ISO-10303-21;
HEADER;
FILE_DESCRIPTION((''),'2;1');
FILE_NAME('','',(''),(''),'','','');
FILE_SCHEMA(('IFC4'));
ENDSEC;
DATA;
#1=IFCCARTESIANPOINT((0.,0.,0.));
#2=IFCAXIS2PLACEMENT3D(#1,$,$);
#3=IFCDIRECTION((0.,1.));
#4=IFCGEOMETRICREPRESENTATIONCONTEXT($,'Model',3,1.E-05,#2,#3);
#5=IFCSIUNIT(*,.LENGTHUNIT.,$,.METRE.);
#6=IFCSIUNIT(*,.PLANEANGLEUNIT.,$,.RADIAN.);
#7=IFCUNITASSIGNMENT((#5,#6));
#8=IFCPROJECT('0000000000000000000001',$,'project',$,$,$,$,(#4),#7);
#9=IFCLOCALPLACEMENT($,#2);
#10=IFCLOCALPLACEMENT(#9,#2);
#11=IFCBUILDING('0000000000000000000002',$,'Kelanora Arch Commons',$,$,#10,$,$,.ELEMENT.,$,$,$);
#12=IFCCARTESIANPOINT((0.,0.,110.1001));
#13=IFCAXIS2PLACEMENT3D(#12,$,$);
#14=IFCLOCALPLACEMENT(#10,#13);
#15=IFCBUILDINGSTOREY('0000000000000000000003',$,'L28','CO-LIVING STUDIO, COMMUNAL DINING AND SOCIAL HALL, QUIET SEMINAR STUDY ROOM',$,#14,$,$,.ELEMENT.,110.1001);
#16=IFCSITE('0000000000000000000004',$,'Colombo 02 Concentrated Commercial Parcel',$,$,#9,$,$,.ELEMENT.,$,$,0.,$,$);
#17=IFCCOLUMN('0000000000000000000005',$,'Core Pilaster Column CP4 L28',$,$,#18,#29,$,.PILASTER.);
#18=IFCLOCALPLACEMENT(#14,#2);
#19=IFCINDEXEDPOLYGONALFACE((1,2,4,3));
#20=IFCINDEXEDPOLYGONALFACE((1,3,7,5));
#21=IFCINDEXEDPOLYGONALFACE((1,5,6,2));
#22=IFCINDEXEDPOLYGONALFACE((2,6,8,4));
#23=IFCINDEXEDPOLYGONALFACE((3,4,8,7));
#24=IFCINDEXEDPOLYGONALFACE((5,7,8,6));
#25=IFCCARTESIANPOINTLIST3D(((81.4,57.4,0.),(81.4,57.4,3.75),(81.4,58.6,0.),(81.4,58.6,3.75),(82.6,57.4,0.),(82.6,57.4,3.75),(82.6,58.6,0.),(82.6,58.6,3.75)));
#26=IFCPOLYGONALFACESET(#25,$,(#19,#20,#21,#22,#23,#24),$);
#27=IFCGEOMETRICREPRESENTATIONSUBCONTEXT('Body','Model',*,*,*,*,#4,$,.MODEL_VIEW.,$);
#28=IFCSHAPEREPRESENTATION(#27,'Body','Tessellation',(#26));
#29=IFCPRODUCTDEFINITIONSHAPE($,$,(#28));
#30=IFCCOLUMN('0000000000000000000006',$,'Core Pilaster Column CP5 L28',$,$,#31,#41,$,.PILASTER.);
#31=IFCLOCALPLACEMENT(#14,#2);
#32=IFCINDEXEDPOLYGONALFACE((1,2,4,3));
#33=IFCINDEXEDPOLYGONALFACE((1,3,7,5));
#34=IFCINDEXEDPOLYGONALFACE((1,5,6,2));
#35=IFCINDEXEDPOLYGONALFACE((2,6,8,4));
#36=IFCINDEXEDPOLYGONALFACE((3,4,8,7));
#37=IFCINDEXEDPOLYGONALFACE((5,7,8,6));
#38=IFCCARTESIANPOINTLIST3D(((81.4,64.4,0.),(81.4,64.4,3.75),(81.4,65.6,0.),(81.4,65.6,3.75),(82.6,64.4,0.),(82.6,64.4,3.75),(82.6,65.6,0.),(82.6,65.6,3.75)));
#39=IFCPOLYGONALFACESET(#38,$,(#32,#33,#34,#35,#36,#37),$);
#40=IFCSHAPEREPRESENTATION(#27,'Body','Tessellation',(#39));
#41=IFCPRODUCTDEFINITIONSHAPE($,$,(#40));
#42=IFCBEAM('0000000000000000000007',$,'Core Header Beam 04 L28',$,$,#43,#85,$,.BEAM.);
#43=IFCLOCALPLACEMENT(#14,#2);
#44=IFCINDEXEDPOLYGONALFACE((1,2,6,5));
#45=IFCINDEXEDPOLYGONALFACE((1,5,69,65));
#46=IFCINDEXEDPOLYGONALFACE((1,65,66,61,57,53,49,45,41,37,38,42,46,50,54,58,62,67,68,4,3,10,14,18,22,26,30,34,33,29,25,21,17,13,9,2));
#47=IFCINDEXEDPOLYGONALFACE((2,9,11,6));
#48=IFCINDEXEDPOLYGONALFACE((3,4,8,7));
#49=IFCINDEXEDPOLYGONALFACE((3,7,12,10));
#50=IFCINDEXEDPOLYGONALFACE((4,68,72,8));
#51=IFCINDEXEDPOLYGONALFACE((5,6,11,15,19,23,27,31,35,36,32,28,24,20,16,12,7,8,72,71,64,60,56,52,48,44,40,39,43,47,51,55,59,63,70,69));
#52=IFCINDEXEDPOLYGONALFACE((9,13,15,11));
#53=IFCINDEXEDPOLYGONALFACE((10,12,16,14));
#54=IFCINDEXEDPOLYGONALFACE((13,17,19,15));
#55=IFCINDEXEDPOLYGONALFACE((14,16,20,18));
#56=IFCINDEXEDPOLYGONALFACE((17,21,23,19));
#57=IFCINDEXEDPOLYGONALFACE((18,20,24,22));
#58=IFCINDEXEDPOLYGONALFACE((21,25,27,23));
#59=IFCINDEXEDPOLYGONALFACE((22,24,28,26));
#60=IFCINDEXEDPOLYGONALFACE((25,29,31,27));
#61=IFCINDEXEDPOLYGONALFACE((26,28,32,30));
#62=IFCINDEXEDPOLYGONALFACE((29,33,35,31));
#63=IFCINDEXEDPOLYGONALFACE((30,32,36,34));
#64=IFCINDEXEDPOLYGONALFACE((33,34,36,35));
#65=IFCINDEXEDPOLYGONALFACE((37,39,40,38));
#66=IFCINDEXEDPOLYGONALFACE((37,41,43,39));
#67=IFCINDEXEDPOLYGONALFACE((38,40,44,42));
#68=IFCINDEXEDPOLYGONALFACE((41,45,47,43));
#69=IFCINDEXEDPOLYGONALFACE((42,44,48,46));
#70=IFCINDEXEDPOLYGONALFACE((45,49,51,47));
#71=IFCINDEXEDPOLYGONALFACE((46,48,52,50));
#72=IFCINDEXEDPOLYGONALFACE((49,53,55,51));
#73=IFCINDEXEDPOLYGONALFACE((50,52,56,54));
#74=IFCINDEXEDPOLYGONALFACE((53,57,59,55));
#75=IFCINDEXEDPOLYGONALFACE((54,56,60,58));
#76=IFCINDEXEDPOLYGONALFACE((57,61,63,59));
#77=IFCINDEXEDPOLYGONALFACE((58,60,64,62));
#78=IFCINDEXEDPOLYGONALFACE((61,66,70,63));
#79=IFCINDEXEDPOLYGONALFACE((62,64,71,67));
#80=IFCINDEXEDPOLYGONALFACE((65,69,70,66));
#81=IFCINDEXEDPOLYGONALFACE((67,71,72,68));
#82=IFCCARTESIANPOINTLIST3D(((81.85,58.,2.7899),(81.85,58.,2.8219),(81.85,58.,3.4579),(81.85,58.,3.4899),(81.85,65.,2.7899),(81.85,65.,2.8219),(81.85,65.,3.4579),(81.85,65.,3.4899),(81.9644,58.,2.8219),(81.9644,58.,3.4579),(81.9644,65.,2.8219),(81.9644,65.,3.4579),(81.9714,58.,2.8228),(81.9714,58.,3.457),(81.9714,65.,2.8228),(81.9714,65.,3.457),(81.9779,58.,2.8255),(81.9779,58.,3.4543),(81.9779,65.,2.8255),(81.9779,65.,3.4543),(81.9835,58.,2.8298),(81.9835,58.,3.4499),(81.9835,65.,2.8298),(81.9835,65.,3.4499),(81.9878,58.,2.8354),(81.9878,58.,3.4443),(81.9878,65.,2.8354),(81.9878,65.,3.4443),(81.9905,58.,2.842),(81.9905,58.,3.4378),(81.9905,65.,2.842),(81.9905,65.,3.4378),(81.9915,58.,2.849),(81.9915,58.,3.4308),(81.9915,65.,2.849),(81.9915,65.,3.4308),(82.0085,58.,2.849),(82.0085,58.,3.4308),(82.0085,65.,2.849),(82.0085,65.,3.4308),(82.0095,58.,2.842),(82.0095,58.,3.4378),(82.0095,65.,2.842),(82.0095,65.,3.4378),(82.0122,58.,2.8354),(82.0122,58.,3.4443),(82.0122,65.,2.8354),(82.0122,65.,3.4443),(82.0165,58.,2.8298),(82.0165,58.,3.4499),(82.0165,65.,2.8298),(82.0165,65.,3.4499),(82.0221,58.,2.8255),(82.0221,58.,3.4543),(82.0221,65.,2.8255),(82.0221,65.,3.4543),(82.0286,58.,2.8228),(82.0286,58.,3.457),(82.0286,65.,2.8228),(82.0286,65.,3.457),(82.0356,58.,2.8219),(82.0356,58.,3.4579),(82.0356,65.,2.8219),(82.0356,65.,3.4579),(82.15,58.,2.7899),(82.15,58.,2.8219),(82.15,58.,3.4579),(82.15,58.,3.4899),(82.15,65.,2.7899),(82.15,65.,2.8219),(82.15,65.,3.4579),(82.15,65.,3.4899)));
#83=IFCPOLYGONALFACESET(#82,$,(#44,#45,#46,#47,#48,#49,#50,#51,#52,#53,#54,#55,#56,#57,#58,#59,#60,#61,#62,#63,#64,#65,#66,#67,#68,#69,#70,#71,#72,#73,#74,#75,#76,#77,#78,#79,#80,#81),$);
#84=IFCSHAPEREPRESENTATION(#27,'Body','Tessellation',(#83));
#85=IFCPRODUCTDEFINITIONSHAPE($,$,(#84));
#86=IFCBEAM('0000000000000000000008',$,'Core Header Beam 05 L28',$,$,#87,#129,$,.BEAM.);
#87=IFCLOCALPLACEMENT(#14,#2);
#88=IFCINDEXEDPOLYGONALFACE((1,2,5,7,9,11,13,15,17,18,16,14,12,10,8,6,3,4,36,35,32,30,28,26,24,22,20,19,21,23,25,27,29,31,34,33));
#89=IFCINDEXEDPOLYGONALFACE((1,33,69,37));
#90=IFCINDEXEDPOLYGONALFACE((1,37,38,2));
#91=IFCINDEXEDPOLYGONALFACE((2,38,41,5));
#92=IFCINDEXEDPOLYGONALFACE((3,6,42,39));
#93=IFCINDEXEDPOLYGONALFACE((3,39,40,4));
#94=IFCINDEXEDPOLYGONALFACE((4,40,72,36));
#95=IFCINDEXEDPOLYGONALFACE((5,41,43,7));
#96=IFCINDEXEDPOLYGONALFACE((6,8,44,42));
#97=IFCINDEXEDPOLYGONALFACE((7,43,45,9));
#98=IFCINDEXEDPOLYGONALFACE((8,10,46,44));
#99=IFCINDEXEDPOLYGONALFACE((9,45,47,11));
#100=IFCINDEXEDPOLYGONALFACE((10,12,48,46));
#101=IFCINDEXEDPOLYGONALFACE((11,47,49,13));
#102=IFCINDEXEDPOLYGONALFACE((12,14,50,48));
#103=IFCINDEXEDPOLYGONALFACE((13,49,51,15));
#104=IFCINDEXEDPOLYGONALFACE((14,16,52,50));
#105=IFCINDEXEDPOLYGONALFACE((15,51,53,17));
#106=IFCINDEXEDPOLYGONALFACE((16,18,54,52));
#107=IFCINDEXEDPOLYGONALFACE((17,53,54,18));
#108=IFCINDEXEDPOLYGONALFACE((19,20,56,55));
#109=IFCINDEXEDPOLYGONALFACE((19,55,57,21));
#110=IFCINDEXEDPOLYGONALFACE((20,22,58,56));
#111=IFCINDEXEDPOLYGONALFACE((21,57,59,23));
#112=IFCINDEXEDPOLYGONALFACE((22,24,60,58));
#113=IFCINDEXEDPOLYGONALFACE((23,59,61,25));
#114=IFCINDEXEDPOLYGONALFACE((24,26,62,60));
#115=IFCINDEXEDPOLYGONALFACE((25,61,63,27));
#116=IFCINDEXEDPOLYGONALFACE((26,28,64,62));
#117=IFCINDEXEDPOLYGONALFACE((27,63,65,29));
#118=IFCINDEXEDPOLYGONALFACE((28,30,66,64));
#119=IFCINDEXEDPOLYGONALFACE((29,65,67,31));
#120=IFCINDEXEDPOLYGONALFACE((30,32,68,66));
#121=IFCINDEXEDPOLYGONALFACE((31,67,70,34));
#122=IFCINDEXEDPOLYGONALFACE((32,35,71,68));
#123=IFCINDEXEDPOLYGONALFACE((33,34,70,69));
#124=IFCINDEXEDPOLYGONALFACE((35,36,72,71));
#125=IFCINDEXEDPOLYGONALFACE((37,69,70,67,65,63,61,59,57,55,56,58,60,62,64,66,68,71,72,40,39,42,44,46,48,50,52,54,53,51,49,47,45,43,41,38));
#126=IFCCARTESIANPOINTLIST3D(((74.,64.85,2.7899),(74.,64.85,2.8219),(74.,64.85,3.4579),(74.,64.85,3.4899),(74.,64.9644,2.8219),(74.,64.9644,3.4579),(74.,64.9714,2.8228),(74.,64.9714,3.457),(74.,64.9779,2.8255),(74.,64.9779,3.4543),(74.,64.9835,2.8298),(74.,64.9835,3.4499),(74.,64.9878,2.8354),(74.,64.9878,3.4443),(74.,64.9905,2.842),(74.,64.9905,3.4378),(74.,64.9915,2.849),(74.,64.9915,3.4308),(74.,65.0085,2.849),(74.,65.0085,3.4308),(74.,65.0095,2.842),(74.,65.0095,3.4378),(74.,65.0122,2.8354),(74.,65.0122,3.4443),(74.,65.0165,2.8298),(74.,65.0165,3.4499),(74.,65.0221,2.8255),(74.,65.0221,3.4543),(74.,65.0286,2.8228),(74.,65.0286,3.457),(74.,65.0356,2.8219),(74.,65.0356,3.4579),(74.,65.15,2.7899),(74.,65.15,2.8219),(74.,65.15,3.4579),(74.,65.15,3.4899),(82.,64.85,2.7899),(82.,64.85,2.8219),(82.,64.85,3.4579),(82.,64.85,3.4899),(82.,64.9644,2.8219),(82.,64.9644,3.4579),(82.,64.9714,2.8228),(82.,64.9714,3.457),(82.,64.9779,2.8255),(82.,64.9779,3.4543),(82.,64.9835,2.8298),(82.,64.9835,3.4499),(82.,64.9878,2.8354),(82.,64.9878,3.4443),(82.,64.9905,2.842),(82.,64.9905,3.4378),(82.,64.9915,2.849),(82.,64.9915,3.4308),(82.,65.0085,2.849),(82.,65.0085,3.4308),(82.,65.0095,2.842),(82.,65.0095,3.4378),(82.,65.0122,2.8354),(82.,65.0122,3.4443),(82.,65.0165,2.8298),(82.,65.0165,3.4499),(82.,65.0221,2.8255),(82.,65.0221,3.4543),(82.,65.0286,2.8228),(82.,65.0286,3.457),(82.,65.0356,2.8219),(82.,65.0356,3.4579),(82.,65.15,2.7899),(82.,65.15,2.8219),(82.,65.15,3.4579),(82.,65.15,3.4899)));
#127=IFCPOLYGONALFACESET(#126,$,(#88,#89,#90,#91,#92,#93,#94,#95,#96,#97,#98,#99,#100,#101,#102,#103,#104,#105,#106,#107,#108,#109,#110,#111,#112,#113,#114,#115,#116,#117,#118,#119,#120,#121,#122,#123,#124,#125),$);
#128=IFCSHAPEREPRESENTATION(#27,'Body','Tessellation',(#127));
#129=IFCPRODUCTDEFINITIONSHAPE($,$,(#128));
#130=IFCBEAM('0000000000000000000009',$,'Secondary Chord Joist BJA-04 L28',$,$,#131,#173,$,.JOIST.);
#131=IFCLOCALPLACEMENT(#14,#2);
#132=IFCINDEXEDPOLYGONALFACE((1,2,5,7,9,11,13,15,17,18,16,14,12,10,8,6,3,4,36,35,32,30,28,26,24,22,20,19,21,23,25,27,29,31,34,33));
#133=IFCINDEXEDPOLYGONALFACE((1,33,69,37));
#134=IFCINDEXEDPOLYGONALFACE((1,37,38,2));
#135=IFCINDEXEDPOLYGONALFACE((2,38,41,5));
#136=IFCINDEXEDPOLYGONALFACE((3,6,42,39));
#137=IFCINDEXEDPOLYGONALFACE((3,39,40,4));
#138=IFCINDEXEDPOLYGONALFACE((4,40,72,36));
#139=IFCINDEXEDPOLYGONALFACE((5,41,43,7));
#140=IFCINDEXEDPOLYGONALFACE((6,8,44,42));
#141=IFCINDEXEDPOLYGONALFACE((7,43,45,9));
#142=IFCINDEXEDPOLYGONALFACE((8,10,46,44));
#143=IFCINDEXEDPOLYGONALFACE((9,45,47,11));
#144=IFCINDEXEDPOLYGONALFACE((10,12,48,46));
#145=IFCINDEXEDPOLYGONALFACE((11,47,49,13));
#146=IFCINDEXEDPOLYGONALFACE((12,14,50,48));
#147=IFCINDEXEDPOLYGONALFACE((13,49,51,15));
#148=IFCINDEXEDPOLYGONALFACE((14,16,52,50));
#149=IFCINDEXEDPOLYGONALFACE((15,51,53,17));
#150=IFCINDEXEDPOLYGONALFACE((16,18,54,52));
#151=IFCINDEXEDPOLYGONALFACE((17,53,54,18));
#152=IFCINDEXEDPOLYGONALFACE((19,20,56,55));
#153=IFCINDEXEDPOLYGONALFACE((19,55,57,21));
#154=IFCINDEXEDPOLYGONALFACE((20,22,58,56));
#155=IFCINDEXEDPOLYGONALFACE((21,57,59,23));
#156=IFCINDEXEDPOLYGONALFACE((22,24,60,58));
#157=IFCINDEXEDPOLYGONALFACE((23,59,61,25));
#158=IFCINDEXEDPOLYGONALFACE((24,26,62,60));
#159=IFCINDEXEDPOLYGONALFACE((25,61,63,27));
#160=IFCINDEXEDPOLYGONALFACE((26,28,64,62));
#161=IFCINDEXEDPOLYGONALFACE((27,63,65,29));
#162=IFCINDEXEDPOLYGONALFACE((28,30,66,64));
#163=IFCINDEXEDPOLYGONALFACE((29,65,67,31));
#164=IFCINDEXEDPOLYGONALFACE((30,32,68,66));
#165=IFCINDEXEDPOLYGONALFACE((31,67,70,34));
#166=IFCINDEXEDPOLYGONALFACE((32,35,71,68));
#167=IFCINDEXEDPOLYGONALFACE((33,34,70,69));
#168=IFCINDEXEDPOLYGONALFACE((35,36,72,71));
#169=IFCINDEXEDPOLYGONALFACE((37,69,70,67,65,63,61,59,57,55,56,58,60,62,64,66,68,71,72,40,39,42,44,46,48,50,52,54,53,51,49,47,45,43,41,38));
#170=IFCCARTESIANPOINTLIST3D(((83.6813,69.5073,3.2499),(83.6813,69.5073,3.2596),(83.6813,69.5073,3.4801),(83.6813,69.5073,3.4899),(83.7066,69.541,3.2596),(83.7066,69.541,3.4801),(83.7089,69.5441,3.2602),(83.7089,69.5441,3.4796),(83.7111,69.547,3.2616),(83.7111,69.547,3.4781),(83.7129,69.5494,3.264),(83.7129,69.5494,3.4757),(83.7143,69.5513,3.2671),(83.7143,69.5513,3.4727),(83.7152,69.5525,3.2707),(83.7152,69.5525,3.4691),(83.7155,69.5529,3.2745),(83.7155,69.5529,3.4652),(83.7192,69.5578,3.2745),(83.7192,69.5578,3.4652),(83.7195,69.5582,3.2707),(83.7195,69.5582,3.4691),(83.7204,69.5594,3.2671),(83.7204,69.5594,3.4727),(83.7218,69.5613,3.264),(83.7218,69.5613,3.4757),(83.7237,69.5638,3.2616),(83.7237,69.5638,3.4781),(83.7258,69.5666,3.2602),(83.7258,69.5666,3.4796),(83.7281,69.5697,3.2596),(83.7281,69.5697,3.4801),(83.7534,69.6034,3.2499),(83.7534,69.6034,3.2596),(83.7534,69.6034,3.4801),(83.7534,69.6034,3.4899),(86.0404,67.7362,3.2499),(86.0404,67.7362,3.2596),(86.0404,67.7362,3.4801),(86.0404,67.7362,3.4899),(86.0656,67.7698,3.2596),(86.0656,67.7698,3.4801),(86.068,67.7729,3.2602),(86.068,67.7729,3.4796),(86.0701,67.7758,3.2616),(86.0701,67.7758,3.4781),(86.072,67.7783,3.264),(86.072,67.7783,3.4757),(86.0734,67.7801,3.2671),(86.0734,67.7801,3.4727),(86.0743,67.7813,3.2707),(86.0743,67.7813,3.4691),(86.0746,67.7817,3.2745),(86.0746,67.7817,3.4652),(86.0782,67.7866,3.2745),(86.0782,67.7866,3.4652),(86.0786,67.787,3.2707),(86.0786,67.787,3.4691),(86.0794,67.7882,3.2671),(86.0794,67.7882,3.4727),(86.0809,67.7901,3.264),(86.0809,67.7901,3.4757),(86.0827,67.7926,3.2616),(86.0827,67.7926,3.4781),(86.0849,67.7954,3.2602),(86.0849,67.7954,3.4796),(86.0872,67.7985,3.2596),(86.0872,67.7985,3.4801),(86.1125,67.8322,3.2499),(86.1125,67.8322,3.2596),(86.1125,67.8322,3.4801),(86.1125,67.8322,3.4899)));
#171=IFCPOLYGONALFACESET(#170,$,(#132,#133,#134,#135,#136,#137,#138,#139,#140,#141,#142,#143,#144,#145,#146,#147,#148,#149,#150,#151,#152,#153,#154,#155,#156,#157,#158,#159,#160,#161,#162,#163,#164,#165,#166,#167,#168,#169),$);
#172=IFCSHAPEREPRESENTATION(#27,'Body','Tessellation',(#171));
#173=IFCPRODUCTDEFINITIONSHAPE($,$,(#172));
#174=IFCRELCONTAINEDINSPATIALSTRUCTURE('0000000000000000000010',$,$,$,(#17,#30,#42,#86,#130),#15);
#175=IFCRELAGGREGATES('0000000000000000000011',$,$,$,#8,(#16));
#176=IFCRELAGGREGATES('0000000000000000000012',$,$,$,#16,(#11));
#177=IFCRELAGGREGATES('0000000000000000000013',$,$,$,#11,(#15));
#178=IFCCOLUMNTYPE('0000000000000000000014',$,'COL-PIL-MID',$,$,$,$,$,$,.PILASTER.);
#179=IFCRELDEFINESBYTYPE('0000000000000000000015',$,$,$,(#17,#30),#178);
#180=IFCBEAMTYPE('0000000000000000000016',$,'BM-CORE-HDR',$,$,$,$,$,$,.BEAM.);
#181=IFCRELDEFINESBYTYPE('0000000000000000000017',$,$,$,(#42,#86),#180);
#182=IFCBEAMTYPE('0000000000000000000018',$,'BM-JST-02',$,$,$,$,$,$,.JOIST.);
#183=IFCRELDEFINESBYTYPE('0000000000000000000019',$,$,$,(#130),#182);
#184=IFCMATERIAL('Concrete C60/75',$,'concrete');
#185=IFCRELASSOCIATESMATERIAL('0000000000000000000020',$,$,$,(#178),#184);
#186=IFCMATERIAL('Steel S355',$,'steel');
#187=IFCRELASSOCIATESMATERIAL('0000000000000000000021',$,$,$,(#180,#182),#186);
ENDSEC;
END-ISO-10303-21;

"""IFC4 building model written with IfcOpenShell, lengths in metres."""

from ifc_helpers import new_model, si_unit, direction, frame, origin, origin_2d, place, context, subcontext, project, spatial, rectangle, i_section, extrude, material, material_profile, profile_set, type_object, element, save


model = new_model("IFC4")

# Units and contexts
model_context = context("Model", 3, precision=1e-05, world=origin(), true_north=direction((0.0, 1.0)))
body_context = subcontext(model_context, "Body", "Model", "MODEL_VIEW")
ifc_project = project(units=[si_unit("LENGTHUNIT", "METRE"), si_unit("PLANEANGLEUNIT", "RADIAN")], contexts=[model_context])

# Site, building, storey
site_placement = place(None, origin())
site = spatial("IfcSite", under=ifc_project, at=site_placement, Name="Colombo 02 Concentrated Commercial Parcel", CompositionType="ELEMENT", RefElevation=0.0)
building_placement = place(site_placement, origin())
building = spatial("IfcBuilding", under=site, at=building_placement, Name="Kelanora Arch Commons", CompositionType="ELEMENT")
storey_placement = place(building_placement, frame((0.0, 0.0, 110.1001)))
storey = spatial("IfcBuildingStorey", under=building, at=storey_placement, Name="L28", Description="CO-LIVING STUDIO, COMMUNAL DINING AND SOCIAL HALL, QUIET SEMINAR STUDY ROOM", CompositionType="ELEMENT", Elevation=110.1001)

# Columns
ifc_material_1 = material(Name="Concrete C60/75", Category="concrete")
ifc_material_profile_1 = material_profile(ifc_material_1, rectangle(XDim=1.2, YDim=1.2, at=origin_2d()), Name="RC1200x1200")
ifc_profile_set_1 = profile_set([ifc_material_profile_1], Name="Concrete C60/75")
column_type = type_object("IfcColumnType", Name="COL-PIL-MID", PredefinedType="PILASTER", material=ifc_profile_set_1)
for number, where, z_axis, x_axis, name in (
    (1, (82.0, 58.0, 0.0), (0.0, 0.0, 1.0), (1.0, 0.0, 0.0), "Core Pilaster Column CP4 L28"),
    (2, (82.0, 65.0, 0.0), (0.0, 0.0, 1.0), (1.0, 0.0, 0.0), "Core Pilaster Column CP5 L28"),
):
    element("IfcColumn", number, at=place(storey_placement, frame(where, z_axis=z_axis, x_axis=x_axis)), inside=storey, type_object=column_type, Name=name, PredefinedType="PILASTER", context=body_context, shape_type="SweptSolid", body=[
        extrude(rectangle(XDim=1.2, YDim=1.2, at=origin_2d()), origin(), (0.0, 0.0, 1.0), 3.75),
    ])

# Beams
ifc_material_2 = material(Name="Steel S355", Category="steel")
ifc_material_profile_2 = material_profile(ifc_material_2, i_section(OverallWidth=0.3, OverallDepth=0.7, WebThickness=0.0171, FlangeThickness=0.032, FilletRadius=0.0271, at=origin_2d()), Name="HEB700")
ifc_profile_set_2 = profile_set([ifc_material_profile_2], Name="Steel S355")
beam_type_1 = type_object("IfcBeamType", Name="BM-CORE-HDR", PredefinedType="BEAM", material=ifc_profile_set_2)
beam_1_placement = place(storey_placement, frame((82.0, 58.0, 3.1399), z_axis=(0.0, 1.0, 0.0), x_axis=(-1.0, 0.0, 0.0)))
element("IfcBeam", 3, at=beam_1_placement, inside=storey, type_object=beam_type_1, Name="Core Header Beam 04 L28", PredefinedType="BEAM", context=body_context, shape_type="SweptSolid", body=[
    extrude(i_section(OverallWidth=0.3, OverallDepth=0.7, WebThickness=0.0171, FlangeThickness=0.032, FilletRadius=0.0271, at=origin_2d()), origin(), (0.0, 0.0, 1.0), 7.0),
])
beam_2_placement = place(storey_placement, frame((82.0, 65.0, 3.1399), z_axis=(-1.0, 0.0, 0.0), x_axis=(0.0, -1.0, 0.0)))
element("IfcBeam", 4, at=beam_2_placement, inside=storey, type_object=beam_type_1, Name="Core Header Beam 05 L28", PredefinedType="BEAM", context=body_context, shape_type="SweptSolid", body=[
    extrude(i_section(OverallWidth=0.3, OverallDepth=0.7, WebThickness=0.0171, FlangeThickness=0.032, FilletRadius=0.0271, at=origin_2d()), origin(), (0.0, 0.0, 1.0), 8.0),
])
ifc_material_profile_3 = material_profile(ifc_material_2, i_section(OverallWidth=0.1201, OverallDepth=0.24, WebThickness=0.0061, FlangeThickness=0.0098, FilletRadius=0.0149, at=origin_2d()), Name="IPE240")
ifc_profile_set_3 = profile_set([ifc_material_profile_3], Name="Steel S355")
beam_type_2 = type_object("IfcBeamType", Name="BM-JST-02", PredefinedType="JOIST", material=ifc_profile_set_3)
beam_3_placement = place(storey_placement, frame((86.0764, 67.7842, 3.3699), z_axis=(-0.799692, 0.60041, 0.0), x_axis=(-0.60041, -0.799692, 0.0)))
element("IfcBeam", 5, at=beam_3_placement, inside=storey, type_object=beam_type_2, Name="Secondary Chord Joist BJA-04 L28", PredefinedType="JOIST", context=body_context, shape_type="SweptSolid", body=[
    extrude(i_section(OverallWidth=0.1201, OverallDepth=0.24, WebThickness=0.0061, FlangeThickness=0.0098, FilletRadius=0.0149, at=origin_2d()), origin(), (0.0, 0.0, 1.0), 2.95),
])

save(model, "model.ifc")
